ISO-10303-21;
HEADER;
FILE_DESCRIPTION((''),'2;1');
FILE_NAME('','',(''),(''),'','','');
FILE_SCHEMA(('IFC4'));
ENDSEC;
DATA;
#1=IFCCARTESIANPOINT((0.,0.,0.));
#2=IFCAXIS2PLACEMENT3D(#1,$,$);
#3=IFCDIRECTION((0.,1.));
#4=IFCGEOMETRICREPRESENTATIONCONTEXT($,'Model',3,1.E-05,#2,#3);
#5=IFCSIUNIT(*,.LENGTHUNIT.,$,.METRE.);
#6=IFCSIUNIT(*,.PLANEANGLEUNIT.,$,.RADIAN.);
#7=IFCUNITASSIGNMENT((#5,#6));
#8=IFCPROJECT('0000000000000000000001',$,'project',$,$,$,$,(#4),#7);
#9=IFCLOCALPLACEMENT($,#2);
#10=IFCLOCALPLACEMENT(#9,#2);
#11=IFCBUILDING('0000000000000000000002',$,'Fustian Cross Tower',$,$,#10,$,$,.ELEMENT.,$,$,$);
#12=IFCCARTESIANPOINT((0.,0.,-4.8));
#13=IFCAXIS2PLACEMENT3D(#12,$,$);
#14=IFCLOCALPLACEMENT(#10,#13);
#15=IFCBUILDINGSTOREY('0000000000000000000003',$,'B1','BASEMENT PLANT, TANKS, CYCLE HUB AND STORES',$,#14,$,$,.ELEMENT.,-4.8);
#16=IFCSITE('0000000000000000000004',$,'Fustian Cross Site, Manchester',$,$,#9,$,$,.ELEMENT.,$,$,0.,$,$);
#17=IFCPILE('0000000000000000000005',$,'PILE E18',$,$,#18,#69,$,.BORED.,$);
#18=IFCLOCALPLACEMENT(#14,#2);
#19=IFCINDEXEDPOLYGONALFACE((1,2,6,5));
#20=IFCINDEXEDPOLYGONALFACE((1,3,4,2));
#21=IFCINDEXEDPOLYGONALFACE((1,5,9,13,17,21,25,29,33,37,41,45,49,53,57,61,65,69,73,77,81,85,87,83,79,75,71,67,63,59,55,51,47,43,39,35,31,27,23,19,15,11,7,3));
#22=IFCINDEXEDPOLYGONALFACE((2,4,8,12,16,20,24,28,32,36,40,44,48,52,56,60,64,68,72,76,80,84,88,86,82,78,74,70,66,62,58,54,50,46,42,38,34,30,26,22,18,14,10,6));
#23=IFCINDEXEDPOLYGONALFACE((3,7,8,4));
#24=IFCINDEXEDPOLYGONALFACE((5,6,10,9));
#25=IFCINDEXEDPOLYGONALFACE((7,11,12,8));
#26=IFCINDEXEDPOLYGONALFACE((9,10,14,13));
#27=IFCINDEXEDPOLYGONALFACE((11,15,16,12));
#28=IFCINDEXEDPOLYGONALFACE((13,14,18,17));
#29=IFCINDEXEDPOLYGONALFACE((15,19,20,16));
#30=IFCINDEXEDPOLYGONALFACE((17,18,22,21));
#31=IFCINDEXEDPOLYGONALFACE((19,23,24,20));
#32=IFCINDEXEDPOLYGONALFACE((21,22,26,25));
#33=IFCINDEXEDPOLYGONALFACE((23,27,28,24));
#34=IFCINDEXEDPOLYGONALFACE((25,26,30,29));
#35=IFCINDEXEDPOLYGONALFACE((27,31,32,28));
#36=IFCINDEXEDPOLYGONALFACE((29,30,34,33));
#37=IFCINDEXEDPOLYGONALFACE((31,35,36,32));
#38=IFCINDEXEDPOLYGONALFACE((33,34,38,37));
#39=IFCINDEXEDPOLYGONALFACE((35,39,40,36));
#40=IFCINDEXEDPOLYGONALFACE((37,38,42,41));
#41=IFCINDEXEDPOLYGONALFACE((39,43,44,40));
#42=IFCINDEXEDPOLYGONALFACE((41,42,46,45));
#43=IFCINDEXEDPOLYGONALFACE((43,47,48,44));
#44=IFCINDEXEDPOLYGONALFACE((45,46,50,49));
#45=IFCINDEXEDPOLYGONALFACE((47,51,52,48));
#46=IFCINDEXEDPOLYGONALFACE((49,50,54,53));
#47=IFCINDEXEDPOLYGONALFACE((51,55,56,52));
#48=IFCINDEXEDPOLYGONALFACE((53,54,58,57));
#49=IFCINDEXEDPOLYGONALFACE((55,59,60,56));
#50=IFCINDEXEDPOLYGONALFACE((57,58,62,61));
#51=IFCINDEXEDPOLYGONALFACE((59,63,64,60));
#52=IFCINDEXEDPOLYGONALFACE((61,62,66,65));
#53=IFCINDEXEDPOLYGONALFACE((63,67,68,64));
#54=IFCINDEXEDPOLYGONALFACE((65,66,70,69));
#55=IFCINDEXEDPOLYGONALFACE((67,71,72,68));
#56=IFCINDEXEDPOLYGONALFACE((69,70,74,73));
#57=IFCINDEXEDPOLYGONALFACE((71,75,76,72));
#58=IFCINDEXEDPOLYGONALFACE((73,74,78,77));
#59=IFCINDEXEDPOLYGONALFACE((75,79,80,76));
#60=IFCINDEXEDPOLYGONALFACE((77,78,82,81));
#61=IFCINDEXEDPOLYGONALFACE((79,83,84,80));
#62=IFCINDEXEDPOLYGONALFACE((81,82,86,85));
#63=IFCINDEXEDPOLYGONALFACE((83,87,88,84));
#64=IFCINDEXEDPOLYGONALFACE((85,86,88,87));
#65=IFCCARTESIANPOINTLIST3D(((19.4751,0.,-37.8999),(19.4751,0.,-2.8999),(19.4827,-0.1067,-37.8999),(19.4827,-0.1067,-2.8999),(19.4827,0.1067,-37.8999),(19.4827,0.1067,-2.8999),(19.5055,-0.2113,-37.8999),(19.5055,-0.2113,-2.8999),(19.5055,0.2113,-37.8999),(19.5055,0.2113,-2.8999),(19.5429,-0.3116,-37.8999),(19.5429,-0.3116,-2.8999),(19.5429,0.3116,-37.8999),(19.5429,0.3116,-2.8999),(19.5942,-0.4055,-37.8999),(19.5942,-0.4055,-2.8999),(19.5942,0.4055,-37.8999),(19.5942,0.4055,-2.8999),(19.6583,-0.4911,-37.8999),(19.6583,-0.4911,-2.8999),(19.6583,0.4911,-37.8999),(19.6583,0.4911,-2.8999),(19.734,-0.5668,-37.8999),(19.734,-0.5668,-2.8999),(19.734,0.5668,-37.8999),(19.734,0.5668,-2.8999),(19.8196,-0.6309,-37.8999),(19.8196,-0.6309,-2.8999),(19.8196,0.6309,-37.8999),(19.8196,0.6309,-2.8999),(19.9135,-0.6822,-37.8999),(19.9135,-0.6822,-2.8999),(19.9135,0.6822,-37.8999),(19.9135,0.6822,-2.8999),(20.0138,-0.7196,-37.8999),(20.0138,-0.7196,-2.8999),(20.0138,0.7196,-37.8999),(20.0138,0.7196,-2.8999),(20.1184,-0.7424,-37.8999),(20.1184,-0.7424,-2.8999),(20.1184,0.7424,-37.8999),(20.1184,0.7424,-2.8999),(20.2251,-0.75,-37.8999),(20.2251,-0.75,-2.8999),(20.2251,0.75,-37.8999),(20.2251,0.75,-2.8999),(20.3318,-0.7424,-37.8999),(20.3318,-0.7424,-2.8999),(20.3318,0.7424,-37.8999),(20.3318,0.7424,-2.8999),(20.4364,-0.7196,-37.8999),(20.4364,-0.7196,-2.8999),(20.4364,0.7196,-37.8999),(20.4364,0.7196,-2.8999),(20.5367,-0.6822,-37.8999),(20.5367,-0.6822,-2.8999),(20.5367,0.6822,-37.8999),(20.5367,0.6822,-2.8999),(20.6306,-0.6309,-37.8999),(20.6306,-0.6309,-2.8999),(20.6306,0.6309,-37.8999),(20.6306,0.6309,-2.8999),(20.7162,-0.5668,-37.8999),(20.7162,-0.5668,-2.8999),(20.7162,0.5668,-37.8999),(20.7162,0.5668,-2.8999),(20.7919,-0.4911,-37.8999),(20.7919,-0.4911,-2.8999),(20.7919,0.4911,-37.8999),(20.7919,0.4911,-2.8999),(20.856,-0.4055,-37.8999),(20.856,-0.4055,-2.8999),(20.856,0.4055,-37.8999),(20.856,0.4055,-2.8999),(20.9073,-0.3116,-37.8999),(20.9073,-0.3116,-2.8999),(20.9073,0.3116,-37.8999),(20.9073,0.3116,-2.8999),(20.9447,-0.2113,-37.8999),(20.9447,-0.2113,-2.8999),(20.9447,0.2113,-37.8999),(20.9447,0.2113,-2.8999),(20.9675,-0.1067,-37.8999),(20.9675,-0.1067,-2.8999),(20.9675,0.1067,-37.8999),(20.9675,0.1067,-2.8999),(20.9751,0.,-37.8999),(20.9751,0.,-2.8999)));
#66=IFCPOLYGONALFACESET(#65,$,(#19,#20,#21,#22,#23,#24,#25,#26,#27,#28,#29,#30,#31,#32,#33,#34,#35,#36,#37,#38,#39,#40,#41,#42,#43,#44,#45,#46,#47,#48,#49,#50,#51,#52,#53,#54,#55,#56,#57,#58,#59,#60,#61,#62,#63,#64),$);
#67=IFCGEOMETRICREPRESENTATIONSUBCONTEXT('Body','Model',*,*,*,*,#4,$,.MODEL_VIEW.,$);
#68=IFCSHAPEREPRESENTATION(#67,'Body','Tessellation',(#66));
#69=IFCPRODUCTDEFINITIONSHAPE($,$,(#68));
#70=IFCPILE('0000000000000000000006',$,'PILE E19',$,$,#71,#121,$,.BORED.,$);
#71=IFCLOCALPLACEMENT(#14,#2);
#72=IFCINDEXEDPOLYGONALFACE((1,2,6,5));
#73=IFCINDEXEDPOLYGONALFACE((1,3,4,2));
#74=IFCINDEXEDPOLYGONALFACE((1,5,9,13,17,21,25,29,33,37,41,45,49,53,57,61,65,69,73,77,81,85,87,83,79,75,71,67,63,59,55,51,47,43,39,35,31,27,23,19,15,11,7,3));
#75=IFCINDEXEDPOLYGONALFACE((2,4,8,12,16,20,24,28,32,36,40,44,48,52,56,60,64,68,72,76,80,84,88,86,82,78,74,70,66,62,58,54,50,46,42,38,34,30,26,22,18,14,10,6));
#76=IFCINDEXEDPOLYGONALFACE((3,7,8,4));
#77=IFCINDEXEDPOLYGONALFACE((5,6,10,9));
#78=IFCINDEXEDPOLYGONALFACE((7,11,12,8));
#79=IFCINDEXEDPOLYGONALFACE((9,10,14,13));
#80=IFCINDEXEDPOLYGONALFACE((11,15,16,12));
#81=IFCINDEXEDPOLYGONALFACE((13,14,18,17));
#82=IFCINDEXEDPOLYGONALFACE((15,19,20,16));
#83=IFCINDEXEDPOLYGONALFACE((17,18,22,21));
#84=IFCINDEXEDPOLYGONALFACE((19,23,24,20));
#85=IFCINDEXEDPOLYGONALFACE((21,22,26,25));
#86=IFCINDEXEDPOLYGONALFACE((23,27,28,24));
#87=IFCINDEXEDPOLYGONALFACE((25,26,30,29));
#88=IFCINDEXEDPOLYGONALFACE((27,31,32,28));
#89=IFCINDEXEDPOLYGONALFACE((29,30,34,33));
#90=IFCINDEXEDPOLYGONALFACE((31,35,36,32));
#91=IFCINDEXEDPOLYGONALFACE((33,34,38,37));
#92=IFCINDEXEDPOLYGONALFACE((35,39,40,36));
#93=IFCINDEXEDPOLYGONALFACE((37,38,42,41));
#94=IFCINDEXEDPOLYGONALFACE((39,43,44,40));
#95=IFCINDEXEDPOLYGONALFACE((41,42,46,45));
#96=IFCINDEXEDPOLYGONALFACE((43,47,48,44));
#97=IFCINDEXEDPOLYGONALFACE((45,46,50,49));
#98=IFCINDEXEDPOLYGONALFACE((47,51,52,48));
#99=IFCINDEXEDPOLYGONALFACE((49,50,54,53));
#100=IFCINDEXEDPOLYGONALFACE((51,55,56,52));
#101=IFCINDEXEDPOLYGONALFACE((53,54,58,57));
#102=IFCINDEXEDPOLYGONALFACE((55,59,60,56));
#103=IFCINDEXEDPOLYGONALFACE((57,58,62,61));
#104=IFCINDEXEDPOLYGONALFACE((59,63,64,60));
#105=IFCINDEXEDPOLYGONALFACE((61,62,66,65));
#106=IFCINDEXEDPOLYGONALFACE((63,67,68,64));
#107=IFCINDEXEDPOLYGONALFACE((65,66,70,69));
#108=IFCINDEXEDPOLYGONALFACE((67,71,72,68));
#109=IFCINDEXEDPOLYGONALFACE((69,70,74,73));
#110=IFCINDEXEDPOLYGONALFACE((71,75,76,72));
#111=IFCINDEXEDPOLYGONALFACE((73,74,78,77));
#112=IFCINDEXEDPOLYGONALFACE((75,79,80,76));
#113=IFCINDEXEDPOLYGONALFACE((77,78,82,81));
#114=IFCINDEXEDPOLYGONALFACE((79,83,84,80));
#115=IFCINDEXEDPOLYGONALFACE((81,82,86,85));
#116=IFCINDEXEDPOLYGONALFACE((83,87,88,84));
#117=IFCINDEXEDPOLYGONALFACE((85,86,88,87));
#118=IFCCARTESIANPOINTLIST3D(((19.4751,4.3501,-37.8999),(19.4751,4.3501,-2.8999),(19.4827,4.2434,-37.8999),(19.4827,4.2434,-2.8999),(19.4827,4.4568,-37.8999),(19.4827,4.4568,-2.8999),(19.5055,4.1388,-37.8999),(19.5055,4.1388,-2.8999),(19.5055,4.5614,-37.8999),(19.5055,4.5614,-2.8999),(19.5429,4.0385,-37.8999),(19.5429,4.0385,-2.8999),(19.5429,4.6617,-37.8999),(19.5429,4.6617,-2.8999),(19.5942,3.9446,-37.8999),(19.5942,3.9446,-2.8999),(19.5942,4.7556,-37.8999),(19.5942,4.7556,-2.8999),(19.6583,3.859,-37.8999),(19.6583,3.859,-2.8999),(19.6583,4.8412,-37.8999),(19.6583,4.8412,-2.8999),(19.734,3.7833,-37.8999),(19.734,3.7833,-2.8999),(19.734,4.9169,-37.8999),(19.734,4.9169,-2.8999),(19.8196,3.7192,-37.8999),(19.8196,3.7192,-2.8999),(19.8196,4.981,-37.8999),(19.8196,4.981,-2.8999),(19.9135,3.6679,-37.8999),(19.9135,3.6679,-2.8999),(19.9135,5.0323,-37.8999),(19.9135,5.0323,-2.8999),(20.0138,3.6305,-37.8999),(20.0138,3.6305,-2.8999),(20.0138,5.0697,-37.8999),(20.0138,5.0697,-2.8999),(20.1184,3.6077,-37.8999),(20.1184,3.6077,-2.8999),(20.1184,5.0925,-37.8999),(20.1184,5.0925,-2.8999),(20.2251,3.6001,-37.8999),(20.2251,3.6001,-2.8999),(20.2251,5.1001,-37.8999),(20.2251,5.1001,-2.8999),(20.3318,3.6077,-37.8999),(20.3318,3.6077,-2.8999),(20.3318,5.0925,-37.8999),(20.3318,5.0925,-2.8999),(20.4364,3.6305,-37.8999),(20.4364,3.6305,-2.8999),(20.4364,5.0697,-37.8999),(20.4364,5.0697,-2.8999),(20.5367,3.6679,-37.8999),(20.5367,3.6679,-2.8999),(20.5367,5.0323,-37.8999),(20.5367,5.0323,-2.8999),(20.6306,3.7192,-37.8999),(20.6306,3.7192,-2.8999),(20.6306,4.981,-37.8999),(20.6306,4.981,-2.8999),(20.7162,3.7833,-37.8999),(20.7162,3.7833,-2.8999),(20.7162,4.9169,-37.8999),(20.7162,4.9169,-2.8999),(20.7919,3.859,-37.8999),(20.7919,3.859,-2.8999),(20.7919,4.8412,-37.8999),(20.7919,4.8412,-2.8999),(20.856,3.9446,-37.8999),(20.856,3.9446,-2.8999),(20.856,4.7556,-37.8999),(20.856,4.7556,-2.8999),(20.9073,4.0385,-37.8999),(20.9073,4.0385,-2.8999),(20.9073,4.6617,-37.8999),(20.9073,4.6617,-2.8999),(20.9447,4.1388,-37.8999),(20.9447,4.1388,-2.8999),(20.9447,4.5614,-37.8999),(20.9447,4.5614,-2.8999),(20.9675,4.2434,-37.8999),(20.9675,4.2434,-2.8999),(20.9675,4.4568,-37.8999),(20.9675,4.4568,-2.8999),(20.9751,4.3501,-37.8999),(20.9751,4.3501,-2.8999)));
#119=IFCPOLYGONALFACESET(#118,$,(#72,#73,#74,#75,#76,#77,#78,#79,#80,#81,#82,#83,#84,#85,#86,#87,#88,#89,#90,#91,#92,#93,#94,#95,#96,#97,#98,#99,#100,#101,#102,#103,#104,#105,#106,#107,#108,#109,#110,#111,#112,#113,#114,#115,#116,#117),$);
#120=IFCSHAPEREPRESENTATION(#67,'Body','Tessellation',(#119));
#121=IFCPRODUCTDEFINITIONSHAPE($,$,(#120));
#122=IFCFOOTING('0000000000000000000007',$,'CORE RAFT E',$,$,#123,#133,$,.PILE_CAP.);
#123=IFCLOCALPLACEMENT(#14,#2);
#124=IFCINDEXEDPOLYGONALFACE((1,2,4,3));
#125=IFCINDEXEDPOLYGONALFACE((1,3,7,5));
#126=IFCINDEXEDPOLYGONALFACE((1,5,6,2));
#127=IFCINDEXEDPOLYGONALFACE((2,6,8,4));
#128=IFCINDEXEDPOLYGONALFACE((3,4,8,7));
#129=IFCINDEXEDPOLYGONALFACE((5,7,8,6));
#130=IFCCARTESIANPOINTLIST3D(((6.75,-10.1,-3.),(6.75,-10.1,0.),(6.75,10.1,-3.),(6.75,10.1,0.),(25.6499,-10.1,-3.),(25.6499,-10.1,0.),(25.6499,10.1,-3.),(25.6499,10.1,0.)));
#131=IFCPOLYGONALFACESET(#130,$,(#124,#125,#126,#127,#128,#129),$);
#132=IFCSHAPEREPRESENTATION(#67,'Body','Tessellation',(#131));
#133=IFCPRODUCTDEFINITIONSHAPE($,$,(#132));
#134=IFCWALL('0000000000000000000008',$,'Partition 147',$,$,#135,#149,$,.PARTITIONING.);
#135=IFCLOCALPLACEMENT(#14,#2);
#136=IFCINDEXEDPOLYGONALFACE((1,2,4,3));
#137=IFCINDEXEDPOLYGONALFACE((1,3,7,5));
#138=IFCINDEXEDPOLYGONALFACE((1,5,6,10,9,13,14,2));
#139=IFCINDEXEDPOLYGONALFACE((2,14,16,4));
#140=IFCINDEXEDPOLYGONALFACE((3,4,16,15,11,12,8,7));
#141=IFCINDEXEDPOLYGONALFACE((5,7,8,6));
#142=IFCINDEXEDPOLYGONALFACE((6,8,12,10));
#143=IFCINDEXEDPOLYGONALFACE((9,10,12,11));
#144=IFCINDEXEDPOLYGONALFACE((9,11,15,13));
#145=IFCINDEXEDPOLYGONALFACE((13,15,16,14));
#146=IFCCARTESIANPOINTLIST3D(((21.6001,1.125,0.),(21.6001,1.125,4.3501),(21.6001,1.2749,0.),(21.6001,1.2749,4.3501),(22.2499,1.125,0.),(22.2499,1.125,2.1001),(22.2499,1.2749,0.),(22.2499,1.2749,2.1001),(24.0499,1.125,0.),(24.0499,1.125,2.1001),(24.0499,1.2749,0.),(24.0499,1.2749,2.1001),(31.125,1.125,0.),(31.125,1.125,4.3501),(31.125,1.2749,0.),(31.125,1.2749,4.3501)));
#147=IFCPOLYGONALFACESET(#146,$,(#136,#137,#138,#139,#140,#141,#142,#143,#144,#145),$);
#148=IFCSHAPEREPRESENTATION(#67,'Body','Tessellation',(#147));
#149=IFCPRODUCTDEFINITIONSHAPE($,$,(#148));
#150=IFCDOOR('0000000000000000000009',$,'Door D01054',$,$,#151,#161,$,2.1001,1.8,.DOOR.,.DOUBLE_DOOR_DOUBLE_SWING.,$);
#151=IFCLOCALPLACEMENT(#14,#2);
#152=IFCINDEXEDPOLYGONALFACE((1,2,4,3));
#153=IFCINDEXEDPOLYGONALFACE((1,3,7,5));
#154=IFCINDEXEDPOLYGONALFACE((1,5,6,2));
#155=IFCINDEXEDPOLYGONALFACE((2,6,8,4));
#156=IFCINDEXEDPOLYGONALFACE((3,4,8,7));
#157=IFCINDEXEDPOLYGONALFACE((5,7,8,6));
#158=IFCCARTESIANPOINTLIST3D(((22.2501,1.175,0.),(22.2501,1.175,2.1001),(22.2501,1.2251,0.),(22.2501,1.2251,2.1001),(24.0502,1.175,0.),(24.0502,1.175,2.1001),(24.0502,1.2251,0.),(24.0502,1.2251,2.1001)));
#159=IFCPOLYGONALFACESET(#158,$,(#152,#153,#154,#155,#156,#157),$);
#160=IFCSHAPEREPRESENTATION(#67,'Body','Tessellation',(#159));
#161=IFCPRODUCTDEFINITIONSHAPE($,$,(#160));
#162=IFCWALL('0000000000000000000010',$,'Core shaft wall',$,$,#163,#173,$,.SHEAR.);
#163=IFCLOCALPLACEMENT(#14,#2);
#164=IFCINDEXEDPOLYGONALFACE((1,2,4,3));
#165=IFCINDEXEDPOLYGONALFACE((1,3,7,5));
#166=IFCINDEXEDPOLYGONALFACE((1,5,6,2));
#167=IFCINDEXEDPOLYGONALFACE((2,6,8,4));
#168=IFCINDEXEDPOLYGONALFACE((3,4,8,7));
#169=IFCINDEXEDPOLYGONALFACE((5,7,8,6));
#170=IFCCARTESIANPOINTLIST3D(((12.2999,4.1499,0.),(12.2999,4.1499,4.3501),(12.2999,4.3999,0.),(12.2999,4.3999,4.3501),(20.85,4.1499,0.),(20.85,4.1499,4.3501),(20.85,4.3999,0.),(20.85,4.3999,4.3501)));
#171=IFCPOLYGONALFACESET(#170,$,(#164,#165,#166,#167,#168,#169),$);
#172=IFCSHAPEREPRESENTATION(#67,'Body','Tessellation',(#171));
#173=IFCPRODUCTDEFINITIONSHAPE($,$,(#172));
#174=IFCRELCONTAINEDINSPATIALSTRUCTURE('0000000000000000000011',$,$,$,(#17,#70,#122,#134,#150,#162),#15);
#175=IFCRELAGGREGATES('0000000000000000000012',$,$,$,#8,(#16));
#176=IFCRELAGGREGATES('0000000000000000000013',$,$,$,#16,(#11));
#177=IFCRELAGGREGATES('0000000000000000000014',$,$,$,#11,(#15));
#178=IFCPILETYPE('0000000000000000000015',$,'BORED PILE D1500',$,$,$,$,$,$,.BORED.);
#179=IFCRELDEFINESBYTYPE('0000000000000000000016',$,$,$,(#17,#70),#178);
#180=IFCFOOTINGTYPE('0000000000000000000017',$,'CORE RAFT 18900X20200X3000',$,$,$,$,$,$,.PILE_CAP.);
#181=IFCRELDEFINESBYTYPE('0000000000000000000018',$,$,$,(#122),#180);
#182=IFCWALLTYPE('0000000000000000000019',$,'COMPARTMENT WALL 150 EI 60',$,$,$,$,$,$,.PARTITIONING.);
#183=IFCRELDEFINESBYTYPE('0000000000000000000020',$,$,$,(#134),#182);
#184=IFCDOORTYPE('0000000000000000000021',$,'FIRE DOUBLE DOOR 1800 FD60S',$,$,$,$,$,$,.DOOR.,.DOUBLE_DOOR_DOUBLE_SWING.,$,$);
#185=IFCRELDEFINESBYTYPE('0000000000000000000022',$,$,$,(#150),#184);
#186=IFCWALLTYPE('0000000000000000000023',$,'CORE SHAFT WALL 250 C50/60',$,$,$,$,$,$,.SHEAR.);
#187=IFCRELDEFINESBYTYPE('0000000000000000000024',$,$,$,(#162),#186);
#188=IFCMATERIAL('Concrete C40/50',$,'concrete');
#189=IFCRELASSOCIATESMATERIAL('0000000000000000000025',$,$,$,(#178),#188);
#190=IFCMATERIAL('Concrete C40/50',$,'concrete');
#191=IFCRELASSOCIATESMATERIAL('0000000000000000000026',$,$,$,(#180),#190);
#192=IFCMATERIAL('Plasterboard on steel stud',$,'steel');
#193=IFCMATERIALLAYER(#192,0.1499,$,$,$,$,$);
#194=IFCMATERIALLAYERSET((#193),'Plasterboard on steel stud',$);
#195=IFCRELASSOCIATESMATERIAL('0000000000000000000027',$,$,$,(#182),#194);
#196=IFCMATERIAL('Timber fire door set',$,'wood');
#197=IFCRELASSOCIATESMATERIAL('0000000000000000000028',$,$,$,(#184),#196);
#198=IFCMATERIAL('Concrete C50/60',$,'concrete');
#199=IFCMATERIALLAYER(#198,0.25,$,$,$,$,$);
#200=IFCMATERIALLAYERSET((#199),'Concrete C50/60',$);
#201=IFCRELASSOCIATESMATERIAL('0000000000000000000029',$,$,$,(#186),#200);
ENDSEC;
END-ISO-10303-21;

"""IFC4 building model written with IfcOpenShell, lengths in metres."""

from ifc_helpers import new_model, si_unit, direction, frame, frame_2d, origin, origin_2d, place, context, subcontext, project, spatial, rectangle, circle, extrude, material, layer, layer_set, material_profile, profile_set, type_object, element, fill, save


model = new_model("IFC4")

# Units and contexts
model_context = context("Model", 3, precision=1e-05, world=origin(), true_north=direction((0.0, 1.0)))
body_context = subcontext(model_context, "Body", "Model", "MODEL_VIEW")
ifc_project = project(units=[si_unit("LENGTHUNIT", "METRE"), si_unit("PLANEANGLEUNIT", "RADIAN")], contexts=[model_context])

# Site, building, storey
site_placement = place(None, origin())
site = spatial("IfcSite", under=ifc_project, at=site_placement, Name="Fustian Cross Site, Manchester", CompositionType="ELEMENT", RefElevation=0.0)
building_placement = place(site_placement, origin())
building = spatial("IfcBuilding", under=site, at=building_placement, Name="Fustian Cross Tower", CompositionType="ELEMENT")
storey_placement = place(building_placement, frame((0.0, 0.0, -4.8)))
storey = spatial("IfcBuildingStorey", under=building, at=storey_placement, Name="B1", Description="BASEMENT PLANT, TANKS, CYCLE HUB AND STORES", CompositionType="ELEMENT", Elevation=-4.8)

# Piles
ifc_material_1 = material(Name="Concrete C40/50", Category="concrete")
ifc_material_profile = material_profile(ifc_material_1, circle(Radius=0.75, at=origin_2d()), Name="BORED PILE D1500")
ifc_profile_set = profile_set([ifc_material_profile], Name="Concrete C40/50")
pile_type = type_object("IfcPileType", Name="BORED PILE D1500", PredefinedType="BORED", material=ifc_profile_set)
for number, where, z_axis, x_axis, name in (
    (1, (20.2251, 0.0, -2.8999), (0.0, 0.0, -1.0), (1.0, 0.0, 0.0), "PILE E18"),
    (2, (20.2251, 4.3501, -2.8999), (0.0, 0.0, -1.0), (1.0, 0.0, 0.0), "PILE E19"),
):
    element("IfcPile", number, at=place(storey_placement, frame(where, z_axis=z_axis, x_axis=x_axis)), inside=storey, type_object=pile_type, Name=name, PredefinedType="BORED", context=body_context, shape_type="SweptSolid", body=[
        extrude(circle(Radius=0.75, at=origin_2d()), origin(), (0.0, 0.0, 1.0), 35.0),
    ])

# Footing
ifc_material_2 = material(Name="Concrete C40/50", Category="concrete")
footing_type = type_object("IfcFootingType", Name="CORE RAFT 18900X20200X3000", PredefinedType="PILE_CAP", material=ifc_material_2)
footing_placement = place(storey_placement, frame((16.2, 0.0, -3.0), z_axis=(0.0, 0.0, 1.0), x_axis=(1.0, 0.0, 0.0)))
element("IfcFooting", 3, at=footing_placement, inside=storey, type_object=footing_type, Name="CORE RAFT E", PredefinedType="PILE_CAP", context=body_context, shape_type="SweptSolid", body=[
    extrude(rectangle(XDim=18.8999, YDim=20.2, at=origin_2d()), origin(), (0.0, 0.0, 1.0), 3.0),
])

# Wall, opening, door
ifc_material_3 = material(Name="Plasterboard on steel stud", Category="steel")
ifc_layer_1 = layer(ifc_material_3, 0.1499)
ifc_layer_set_1 = layer_set([ifc_layer_1], Name="Plasterboard on steel stud")
wall_type_1 = type_object("IfcWallType", Name="COMPARTMENT WALL 150 EI 60", PredefinedType="PARTITIONING", material=ifc_layer_set_1)
wall_1_placement = place(storey_placement, frame((21.6001, 1.2, 0.0), z_axis=(0.0, 0.0, 1.0), x_axis=(1.0, 0.0, 0.0)))
wall_1 = element("IfcWall", 4, at=wall_1_placement, inside=storey, type_object=wall_type_1, Name="Partition 147", PredefinedType="PARTITIONING", context=body_context, shape_type="SweptSolid", body=[
    extrude(rectangle(XDim=9.5249, YDim=0.1499, at=frame_2d((4.7625, 0.0))), origin(), (0.0, 0.0, 1.0), 4.3501),
])
opening_1_placement = place(wall_1_placement, frame((0.6499, 0.0, 0.0)))
opening_1 = element("IfcOpeningElement", 5, at=opening_1_placement, cuts=wall_1, PredefinedType="OPENING", context=body_context, shape_type="SweptSolid", body=[
    extrude(rectangle(XDim=1.8, YDim=2.1001, at=frame_2d((0.8999, 1.05))), frame((0.0, 0.085, 0.0), z_axis=(0.0, -1.0, 0.0), x_axis=(1.0, 0.0, 0.0)), (0.0, 0.0, 1.0), 0.1699),
])
ifc_material_4 = material(Name="Timber fire door set", Category="wood")
door_type_1 = type_object("IfcDoorType", Name="FIRE DOUBLE DOOR 1800 FD60S", OperationType="DOUBLE_DOOR_DOUBLE_SWING", PredefinedType="DOOR", material=ifc_material_4)
door_1_placement = place(opening_1_placement, frame((1.8, 0.0, 0.0), z_axis=(0.0, 0.0, 1.0), x_axis=(-1.0, 0.0, 0.0)))
door_1 = element("IfcDoor", 6, at=door_1_placement, inside=storey, type_object=door_type_1, Name="Door D01054", OperationType="DOUBLE_DOOR_DOUBLE_SWING", OverallHeight=2.1001, OverallWidth=1.8, PredefinedType="DOOR", context=body_context, shape_type="SweptSolid", body=[
    extrude(rectangle(XDim=1.8, YDim=2.1001, at=frame_2d((0.8999, 1.05))), frame((0.0, 0.0249, 0.0), z_axis=(0.0, -1.0, 0.0), x_axis=(1.0, 0.0, 0.0)), (0.0, 0.0, 1.0), 0.05),
])
fill(opening_1, door_1)

# Wall
ifc_material_5 = material(Name="Concrete C50/60", Category="concrete")
ifc_layer_2 = layer(ifc_material_5, 0.25)
ifc_layer_set_2 = layer_set([ifc_layer_2], Name="Concrete C50/60")
wall_type_2 = type_object("IfcWallType", Name="CORE SHAFT WALL 250 C50/60", PredefinedType="SHEAR", material=ifc_layer_set_2)
wall_2_placement = place(storey_placement, frame((12.3, 4.2749, 0.0), z_axis=(0.0, 0.0, 1.0), x_axis=(1.0, 0.0, 0.0)))
element("IfcWall", 7, at=wall_2_placement, inside=storey, type_object=wall_type_2, Name="Core shaft wall", PredefinedType="SHEAR", context=body_context, shape_type="SweptSolid", body=[
    extrude(rectangle(XDim=8.55, YDim=0.25, at=frame_2d((4.2749, 0.0))), origin(), (0.0, 0.0, 1.0), 4.3501),
])

save(model, "model.ifc")
